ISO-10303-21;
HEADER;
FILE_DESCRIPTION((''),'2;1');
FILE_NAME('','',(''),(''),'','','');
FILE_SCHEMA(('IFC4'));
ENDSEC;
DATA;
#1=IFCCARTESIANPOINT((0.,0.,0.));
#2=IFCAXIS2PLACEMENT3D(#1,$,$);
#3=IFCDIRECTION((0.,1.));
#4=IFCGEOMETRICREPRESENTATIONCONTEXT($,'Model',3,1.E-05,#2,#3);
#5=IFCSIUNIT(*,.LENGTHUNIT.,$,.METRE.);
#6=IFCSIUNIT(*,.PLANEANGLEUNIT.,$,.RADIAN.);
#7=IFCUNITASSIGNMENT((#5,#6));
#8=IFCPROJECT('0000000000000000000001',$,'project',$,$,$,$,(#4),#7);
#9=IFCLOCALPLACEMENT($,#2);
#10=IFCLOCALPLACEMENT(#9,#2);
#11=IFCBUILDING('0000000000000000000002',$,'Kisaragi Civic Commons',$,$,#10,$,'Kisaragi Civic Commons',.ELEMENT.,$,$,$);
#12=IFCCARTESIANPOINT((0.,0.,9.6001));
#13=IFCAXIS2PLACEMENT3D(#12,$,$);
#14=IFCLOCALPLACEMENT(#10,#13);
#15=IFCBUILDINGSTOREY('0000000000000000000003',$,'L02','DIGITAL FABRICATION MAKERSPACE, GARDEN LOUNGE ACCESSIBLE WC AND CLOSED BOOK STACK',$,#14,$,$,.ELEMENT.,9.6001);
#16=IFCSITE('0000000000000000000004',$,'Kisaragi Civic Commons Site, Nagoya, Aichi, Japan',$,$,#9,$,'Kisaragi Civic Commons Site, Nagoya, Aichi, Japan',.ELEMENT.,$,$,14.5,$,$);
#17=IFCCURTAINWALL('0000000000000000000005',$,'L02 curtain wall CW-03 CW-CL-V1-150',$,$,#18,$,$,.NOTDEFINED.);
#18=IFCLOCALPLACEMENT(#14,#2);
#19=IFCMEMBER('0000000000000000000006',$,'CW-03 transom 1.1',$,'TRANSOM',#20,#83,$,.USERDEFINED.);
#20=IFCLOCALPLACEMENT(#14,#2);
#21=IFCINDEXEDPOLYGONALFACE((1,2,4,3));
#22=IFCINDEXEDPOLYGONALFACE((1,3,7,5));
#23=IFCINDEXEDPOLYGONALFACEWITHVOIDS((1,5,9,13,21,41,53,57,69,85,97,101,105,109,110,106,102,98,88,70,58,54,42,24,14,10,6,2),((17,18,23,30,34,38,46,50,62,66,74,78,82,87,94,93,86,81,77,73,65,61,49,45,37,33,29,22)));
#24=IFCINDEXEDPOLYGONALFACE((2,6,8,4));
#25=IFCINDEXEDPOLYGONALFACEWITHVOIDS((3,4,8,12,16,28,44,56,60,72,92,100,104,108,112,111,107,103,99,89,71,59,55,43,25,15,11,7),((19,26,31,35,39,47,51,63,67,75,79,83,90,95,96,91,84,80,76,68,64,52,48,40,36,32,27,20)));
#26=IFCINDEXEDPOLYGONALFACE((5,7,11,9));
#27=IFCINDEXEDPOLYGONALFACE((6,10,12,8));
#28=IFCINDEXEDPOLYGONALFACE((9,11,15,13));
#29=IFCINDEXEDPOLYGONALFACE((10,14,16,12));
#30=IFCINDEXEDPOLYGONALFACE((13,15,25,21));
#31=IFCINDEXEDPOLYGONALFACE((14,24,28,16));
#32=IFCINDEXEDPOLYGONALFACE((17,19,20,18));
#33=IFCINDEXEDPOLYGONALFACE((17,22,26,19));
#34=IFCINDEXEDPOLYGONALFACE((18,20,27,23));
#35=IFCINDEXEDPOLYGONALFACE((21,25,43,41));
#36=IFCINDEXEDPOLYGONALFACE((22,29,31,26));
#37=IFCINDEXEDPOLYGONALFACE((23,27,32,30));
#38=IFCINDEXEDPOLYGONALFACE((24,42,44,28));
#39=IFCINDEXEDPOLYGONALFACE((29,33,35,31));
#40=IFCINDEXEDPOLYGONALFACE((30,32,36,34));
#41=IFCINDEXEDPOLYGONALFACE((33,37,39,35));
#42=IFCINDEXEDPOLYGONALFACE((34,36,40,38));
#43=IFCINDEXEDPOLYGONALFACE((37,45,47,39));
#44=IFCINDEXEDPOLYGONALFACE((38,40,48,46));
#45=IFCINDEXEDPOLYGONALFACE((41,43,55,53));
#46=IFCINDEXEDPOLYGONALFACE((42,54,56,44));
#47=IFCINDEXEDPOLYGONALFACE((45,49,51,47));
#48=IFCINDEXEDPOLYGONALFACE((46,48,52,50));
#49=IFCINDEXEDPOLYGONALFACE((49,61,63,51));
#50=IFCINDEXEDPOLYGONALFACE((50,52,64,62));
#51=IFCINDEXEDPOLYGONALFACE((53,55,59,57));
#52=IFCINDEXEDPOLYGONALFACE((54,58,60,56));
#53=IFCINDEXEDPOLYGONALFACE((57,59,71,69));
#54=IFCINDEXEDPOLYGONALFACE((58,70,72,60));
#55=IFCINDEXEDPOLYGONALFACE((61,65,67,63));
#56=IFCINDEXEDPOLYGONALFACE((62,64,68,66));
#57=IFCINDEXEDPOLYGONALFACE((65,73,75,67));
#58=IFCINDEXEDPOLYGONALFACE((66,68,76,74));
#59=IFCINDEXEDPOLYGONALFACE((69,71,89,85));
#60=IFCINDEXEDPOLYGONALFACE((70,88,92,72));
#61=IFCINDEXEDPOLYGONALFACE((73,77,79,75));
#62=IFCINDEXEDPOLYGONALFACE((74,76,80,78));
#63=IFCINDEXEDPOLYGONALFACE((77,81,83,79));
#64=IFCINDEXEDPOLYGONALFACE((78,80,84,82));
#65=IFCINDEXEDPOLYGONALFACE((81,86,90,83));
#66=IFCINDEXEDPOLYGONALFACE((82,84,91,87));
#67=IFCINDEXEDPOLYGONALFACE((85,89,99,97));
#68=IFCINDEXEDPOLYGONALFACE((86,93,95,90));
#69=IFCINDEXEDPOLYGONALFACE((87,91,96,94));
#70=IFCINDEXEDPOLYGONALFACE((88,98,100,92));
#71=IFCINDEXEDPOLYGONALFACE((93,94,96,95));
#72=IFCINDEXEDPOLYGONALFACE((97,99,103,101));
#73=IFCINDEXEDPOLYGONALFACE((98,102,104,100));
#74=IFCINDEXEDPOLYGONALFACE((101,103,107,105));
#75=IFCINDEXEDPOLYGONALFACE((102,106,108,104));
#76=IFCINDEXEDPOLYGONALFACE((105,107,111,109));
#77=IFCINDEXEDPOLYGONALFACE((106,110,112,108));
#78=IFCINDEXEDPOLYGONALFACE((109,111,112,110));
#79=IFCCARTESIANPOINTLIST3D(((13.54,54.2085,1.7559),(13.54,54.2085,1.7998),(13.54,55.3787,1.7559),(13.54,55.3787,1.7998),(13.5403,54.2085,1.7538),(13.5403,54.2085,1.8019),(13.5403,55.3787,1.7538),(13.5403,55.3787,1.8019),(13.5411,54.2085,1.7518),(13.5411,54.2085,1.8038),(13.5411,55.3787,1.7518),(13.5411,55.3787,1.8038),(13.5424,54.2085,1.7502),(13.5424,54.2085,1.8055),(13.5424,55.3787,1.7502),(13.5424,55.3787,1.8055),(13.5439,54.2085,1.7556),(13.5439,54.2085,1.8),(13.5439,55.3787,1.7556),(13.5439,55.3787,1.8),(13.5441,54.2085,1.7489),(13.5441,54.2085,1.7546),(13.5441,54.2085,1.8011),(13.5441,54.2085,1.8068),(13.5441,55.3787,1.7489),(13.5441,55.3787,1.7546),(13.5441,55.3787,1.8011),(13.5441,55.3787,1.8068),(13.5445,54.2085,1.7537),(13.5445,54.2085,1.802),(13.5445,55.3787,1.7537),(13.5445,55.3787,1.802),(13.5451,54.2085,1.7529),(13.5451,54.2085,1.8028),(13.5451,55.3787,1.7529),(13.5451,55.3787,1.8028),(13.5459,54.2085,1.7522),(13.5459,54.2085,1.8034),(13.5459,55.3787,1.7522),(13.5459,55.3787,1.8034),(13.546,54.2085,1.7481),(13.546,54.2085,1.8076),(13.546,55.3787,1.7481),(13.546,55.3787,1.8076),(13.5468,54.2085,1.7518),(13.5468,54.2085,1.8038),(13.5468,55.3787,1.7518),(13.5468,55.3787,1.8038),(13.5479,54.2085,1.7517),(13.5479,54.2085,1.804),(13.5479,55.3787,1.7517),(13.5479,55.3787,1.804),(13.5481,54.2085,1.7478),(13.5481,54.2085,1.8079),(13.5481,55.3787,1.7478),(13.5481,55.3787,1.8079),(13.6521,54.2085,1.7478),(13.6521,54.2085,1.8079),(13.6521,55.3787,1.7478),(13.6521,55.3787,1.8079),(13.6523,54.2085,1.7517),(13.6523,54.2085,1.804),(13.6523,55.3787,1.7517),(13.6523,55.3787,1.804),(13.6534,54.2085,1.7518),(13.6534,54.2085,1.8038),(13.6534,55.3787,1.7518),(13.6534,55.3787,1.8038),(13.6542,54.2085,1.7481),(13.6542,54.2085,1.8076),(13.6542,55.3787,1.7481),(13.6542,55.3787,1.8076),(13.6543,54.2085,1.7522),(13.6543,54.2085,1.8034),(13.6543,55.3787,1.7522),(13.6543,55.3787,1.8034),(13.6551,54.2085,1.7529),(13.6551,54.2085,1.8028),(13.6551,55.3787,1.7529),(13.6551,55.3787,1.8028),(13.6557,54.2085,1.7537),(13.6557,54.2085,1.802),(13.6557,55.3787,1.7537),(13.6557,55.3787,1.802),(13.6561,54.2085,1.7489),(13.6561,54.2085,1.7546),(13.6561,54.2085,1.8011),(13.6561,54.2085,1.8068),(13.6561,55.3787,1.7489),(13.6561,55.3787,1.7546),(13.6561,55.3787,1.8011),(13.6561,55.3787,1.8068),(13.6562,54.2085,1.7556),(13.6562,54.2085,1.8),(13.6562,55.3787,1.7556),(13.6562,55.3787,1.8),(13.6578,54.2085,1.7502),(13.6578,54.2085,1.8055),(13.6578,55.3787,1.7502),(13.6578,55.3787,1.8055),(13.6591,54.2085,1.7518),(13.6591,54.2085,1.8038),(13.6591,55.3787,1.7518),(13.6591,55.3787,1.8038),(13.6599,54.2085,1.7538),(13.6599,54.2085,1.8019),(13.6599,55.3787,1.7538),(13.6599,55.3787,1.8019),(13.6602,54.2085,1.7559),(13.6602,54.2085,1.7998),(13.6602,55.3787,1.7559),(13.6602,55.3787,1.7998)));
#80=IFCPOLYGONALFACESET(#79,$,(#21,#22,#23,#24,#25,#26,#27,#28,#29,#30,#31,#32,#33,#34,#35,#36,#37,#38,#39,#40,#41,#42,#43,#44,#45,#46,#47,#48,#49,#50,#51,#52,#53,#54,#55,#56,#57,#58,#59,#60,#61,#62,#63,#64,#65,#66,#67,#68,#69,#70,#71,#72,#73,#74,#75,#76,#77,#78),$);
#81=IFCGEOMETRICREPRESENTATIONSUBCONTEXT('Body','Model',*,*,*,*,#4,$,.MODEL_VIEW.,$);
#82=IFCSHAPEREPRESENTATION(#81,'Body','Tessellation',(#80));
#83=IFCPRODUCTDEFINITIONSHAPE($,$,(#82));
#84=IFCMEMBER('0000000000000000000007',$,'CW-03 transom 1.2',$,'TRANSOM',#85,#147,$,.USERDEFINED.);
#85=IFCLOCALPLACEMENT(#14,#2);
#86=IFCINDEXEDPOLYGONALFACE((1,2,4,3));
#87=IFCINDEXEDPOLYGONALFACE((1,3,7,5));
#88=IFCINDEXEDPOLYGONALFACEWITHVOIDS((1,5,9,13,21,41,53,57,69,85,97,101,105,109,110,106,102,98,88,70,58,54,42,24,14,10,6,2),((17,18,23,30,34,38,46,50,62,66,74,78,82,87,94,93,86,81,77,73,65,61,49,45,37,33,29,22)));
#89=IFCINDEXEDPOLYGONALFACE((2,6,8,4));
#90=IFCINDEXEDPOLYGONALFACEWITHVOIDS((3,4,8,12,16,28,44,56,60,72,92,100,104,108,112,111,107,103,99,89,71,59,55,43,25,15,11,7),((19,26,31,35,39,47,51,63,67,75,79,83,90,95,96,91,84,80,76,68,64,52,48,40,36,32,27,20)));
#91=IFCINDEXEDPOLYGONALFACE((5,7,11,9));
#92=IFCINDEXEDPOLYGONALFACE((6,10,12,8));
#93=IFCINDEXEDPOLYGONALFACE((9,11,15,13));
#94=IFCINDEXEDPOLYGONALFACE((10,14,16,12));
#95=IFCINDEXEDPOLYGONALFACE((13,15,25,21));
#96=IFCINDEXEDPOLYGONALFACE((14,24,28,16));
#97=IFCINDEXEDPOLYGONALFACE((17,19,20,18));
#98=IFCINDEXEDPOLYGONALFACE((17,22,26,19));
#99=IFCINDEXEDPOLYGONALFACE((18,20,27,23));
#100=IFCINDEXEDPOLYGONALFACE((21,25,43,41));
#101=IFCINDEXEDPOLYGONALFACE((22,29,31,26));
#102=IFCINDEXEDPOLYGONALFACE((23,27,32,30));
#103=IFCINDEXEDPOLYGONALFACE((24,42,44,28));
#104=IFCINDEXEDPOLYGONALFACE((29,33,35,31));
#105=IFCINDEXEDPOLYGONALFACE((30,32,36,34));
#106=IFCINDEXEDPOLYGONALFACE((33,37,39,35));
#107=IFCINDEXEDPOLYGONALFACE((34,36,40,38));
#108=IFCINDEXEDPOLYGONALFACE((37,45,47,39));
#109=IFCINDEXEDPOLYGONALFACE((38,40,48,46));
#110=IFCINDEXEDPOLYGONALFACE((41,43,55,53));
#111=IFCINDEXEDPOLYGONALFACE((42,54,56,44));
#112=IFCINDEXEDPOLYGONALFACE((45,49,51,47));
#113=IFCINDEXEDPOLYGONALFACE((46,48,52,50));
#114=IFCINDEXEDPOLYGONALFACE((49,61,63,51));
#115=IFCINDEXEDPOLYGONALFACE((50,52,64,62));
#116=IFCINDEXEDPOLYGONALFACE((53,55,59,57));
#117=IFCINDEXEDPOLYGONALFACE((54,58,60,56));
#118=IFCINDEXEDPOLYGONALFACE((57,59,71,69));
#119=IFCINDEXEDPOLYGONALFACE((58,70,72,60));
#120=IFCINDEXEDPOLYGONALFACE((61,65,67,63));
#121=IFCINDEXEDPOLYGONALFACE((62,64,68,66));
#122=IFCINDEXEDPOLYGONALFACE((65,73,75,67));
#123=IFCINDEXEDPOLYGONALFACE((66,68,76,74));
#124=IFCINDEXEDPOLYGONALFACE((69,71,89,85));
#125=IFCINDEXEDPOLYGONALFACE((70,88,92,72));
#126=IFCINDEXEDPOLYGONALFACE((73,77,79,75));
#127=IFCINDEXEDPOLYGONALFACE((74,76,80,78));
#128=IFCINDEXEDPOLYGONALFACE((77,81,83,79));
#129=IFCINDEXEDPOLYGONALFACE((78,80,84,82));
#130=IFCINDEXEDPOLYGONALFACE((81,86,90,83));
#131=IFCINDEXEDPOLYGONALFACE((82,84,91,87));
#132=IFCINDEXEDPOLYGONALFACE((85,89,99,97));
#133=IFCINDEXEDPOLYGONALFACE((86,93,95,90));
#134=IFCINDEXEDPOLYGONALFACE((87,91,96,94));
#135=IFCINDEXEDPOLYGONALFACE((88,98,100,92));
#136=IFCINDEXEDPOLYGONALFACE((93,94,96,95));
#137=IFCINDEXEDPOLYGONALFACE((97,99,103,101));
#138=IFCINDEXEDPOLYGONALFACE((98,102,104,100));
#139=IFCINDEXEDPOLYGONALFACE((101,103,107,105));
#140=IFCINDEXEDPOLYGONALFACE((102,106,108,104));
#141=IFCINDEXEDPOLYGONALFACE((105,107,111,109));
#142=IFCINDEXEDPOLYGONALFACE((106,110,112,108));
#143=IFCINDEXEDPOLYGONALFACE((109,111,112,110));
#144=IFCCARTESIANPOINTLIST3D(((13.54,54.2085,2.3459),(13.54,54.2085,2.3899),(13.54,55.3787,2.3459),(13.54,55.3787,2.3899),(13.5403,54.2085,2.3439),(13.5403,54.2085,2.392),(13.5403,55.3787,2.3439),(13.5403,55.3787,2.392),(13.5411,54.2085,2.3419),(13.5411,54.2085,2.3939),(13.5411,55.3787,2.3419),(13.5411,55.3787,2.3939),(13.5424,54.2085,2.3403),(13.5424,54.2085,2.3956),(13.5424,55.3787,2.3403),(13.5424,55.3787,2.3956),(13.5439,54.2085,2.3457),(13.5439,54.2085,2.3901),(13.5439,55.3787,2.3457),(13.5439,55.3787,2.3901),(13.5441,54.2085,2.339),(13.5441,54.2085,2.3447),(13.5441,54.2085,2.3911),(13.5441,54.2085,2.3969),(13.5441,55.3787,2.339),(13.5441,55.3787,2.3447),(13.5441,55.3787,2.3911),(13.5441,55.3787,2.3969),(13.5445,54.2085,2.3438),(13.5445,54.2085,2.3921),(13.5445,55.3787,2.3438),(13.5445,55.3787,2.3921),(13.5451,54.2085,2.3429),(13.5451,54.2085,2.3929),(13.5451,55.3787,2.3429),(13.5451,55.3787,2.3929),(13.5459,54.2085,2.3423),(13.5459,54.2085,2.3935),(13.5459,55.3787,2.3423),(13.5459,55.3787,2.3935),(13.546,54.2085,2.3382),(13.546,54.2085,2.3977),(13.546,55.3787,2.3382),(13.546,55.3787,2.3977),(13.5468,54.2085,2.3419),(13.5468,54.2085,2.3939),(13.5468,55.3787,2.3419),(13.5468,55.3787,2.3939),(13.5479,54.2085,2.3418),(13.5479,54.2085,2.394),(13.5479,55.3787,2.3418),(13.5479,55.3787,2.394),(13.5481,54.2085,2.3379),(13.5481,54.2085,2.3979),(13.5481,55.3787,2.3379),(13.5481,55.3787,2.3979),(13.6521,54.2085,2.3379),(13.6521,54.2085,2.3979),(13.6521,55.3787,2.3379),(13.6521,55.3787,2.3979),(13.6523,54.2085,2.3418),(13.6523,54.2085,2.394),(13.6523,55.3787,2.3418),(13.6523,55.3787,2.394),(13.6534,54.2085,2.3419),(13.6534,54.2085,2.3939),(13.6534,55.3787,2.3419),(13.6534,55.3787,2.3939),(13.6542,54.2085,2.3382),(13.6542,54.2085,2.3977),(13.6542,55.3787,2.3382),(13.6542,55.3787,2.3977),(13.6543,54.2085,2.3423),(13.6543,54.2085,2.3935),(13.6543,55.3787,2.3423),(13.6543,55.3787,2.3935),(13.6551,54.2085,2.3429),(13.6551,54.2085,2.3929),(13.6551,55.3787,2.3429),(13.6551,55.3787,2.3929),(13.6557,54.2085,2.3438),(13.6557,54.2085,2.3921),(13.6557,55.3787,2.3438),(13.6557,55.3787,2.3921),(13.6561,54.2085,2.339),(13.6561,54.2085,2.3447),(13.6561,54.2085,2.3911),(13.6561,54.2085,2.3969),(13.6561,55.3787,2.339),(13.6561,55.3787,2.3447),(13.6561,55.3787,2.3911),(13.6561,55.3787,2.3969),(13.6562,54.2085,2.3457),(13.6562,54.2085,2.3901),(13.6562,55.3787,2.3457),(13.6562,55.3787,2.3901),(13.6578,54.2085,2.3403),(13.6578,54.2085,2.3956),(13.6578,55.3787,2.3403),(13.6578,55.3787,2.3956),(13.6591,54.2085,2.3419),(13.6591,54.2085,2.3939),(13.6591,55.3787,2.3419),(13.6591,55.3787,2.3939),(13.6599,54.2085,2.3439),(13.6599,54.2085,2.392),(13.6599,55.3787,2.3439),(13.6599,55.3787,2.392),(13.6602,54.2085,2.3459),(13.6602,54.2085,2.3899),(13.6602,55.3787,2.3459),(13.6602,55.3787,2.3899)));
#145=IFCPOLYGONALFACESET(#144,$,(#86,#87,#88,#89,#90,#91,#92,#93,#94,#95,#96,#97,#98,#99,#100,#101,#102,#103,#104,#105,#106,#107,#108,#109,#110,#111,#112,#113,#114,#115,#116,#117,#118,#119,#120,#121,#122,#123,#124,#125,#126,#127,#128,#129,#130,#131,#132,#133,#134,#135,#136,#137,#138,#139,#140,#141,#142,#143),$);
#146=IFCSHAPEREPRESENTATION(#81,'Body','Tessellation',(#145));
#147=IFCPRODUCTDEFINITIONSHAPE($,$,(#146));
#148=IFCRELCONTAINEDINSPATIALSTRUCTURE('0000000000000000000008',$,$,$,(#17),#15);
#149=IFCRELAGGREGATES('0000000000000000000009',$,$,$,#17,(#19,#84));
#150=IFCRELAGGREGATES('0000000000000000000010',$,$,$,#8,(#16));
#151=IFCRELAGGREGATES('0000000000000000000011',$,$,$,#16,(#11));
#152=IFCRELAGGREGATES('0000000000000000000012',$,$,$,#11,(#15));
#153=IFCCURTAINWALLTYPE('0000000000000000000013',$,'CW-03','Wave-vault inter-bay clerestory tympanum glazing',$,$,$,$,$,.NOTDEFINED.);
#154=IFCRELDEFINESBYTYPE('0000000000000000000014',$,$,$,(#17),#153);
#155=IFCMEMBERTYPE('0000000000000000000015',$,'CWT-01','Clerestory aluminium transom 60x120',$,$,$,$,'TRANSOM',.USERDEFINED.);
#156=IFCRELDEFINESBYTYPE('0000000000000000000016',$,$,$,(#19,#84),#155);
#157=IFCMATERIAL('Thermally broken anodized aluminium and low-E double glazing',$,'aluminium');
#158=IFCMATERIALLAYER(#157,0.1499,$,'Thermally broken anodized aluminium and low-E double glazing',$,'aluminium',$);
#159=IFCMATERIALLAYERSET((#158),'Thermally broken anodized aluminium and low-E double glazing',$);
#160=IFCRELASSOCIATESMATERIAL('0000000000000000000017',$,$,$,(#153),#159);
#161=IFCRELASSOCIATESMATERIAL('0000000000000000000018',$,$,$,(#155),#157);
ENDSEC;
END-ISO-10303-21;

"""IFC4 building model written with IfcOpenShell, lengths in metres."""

from ifc_helpers import new_model, si_unit, direction, frame, origin, origin_2d, place, context, subcontext, project, spatial, hollow_rectangle, extrude, material, layer, layer_set, material_profile, profile_set, type_object, element, aggregate, save


model = new_model("IFC4")

# Units and contexts
model_context = context("Model", 3, precision=1e-05, world=origin(), true_north=direction((0.0, 1.0)))
body_context = subcontext(model_context, "Body", "Model", "MODEL_VIEW")
ifc_project = project(units=[si_unit("LENGTHUNIT", "METRE"), si_unit("PLANEANGLEUNIT", "RADIAN")], contexts=[model_context])

# Site, building, storey
site_placement = place(None, origin())
site = spatial("IfcSite", under=ifc_project, at=site_placement, Name="Kisaragi Civic Commons Site, Nagoya, Aichi, Japan", LongName="Kisaragi Civic Commons Site, Nagoya, Aichi, Japan", CompositionType="ELEMENT", RefElevation=14.5)
building_placement = place(site_placement, origin())
building = spatial("IfcBuilding", under=site, at=building_placement, Name="Kisaragi Civic Commons", LongName="Kisaragi Civic Commons", CompositionType="ELEMENT")
storey_placement = place(building_placement, frame((0.0, 0.0, 9.6001)))
storey = spatial("IfcBuildingStorey", under=building, at=storey_placement, Name="L02", Description="DIGITAL FABRICATION MAKERSPACE, GARDEN LOUNGE ACCESSIBLE WC AND CLOSED BOOK STACK", CompositionType="ELEMENT", Elevation=9.6001)

# Curtain wall
ifc_material_1 = material(Name="Thermally broken anodized aluminium and low-E double glazing", Category="aluminium")
ifc_layer_1 = layer(ifc_material_1, 0.1499, Name="Thermally broken anodized aluminium and low-E double glazing", Category="aluminium")
ifc_layer_set_1 = layer_set([ifc_layer_1], Name="Thermally broken anodized aluminium and low-E double glazing")
curtain_wall_type = type_object("IfcCurtainWallType", Name="CW-03", Description="Wave-vault inter-bay clerestory tympanum glazing", PredefinedType="NOTDEFINED", material=ifc_layer_set_1)
curtain_wall_1_placement = place(storey_placement, origin())
curtain_wall_1 = element("IfcCurtainWall", 1, at=curtain_wall_1_placement, inside=storey, type_object=curtain_wall_type, Name="L02 curtain wall CW-03 CW-CL-V1-150", PredefinedType="NOTDEFINED")

# Members
ifc_material_profile_1 = material_profile(ifc_material_1, hollow_rectangle(XDim=0.1201, YDim=0.0601, WallThickness=0.0039, InnerFilletRadius=0.0039, OuterFilletRadius=0.0081, at=origin_2d()), Name="CWT-60x120x4", Category="aluminium")
ifc_profile_set_1 = profile_set([ifc_material_profile_1], Name="Thermally broken anodized aluminium and low-E double glazing")
member_type_1 = type_object("IfcMemberType", Name="CWT-01", Description="Clerestory aluminium transom 60x120", ElementType="TRANSOM", PredefinedType="USERDEFINED", material=ifc_profile_set_1)
member_1_placement = place(storey_placement, frame((13.6001, 54.2085, 1.7778), z_axis=(0.0, 1.0, 0.0), x_axis=(-1.0, 0.0, 0.0)))
member_1 = element("IfcMember", 2, at=member_1_placement, type_object=member_type_1, Name="CW-03 transom 1.1", ObjectType="TRANSOM", PredefinedType="USERDEFINED", context=body_context, shape_type="SweptSolid", body=[
    extrude(hollow_rectangle(XDim=0.1201, YDim=0.0601, WallThickness=0.0039, InnerFilletRadius=0.0039, OuterFilletRadius=0.0081, at=origin_2d()), origin(), (0.0, 0.0, 1.0), 1.1702),
])
member_2_placement = place(storey_placement, frame((13.6001, 54.2085, 2.3679), z_axis=(0.0, 1.0, 0.0), x_axis=(-1.0, 0.0, 0.0)))
member_2 = element("IfcMember", 3, at=member_2_placement, type_object=member_type_1, Name="CW-03 transom 1.2", ObjectType="TRANSOM", PredefinedType="USERDEFINED", context=body_context, shape_type="SweptSolid", body=[
    extrude(hollow_rectangle(XDim=0.1201, YDim=0.0601, WallThickness=0.0039, InnerFilletRadius=0.0039, OuterFilletRadius=0.0081, at=origin_2d()), origin(), (0.0, 0.0, 1.0), 1.1702),
])

aggregate(curtain_wall_1, [member_1, member_2])

save(model, "model.ifc")
